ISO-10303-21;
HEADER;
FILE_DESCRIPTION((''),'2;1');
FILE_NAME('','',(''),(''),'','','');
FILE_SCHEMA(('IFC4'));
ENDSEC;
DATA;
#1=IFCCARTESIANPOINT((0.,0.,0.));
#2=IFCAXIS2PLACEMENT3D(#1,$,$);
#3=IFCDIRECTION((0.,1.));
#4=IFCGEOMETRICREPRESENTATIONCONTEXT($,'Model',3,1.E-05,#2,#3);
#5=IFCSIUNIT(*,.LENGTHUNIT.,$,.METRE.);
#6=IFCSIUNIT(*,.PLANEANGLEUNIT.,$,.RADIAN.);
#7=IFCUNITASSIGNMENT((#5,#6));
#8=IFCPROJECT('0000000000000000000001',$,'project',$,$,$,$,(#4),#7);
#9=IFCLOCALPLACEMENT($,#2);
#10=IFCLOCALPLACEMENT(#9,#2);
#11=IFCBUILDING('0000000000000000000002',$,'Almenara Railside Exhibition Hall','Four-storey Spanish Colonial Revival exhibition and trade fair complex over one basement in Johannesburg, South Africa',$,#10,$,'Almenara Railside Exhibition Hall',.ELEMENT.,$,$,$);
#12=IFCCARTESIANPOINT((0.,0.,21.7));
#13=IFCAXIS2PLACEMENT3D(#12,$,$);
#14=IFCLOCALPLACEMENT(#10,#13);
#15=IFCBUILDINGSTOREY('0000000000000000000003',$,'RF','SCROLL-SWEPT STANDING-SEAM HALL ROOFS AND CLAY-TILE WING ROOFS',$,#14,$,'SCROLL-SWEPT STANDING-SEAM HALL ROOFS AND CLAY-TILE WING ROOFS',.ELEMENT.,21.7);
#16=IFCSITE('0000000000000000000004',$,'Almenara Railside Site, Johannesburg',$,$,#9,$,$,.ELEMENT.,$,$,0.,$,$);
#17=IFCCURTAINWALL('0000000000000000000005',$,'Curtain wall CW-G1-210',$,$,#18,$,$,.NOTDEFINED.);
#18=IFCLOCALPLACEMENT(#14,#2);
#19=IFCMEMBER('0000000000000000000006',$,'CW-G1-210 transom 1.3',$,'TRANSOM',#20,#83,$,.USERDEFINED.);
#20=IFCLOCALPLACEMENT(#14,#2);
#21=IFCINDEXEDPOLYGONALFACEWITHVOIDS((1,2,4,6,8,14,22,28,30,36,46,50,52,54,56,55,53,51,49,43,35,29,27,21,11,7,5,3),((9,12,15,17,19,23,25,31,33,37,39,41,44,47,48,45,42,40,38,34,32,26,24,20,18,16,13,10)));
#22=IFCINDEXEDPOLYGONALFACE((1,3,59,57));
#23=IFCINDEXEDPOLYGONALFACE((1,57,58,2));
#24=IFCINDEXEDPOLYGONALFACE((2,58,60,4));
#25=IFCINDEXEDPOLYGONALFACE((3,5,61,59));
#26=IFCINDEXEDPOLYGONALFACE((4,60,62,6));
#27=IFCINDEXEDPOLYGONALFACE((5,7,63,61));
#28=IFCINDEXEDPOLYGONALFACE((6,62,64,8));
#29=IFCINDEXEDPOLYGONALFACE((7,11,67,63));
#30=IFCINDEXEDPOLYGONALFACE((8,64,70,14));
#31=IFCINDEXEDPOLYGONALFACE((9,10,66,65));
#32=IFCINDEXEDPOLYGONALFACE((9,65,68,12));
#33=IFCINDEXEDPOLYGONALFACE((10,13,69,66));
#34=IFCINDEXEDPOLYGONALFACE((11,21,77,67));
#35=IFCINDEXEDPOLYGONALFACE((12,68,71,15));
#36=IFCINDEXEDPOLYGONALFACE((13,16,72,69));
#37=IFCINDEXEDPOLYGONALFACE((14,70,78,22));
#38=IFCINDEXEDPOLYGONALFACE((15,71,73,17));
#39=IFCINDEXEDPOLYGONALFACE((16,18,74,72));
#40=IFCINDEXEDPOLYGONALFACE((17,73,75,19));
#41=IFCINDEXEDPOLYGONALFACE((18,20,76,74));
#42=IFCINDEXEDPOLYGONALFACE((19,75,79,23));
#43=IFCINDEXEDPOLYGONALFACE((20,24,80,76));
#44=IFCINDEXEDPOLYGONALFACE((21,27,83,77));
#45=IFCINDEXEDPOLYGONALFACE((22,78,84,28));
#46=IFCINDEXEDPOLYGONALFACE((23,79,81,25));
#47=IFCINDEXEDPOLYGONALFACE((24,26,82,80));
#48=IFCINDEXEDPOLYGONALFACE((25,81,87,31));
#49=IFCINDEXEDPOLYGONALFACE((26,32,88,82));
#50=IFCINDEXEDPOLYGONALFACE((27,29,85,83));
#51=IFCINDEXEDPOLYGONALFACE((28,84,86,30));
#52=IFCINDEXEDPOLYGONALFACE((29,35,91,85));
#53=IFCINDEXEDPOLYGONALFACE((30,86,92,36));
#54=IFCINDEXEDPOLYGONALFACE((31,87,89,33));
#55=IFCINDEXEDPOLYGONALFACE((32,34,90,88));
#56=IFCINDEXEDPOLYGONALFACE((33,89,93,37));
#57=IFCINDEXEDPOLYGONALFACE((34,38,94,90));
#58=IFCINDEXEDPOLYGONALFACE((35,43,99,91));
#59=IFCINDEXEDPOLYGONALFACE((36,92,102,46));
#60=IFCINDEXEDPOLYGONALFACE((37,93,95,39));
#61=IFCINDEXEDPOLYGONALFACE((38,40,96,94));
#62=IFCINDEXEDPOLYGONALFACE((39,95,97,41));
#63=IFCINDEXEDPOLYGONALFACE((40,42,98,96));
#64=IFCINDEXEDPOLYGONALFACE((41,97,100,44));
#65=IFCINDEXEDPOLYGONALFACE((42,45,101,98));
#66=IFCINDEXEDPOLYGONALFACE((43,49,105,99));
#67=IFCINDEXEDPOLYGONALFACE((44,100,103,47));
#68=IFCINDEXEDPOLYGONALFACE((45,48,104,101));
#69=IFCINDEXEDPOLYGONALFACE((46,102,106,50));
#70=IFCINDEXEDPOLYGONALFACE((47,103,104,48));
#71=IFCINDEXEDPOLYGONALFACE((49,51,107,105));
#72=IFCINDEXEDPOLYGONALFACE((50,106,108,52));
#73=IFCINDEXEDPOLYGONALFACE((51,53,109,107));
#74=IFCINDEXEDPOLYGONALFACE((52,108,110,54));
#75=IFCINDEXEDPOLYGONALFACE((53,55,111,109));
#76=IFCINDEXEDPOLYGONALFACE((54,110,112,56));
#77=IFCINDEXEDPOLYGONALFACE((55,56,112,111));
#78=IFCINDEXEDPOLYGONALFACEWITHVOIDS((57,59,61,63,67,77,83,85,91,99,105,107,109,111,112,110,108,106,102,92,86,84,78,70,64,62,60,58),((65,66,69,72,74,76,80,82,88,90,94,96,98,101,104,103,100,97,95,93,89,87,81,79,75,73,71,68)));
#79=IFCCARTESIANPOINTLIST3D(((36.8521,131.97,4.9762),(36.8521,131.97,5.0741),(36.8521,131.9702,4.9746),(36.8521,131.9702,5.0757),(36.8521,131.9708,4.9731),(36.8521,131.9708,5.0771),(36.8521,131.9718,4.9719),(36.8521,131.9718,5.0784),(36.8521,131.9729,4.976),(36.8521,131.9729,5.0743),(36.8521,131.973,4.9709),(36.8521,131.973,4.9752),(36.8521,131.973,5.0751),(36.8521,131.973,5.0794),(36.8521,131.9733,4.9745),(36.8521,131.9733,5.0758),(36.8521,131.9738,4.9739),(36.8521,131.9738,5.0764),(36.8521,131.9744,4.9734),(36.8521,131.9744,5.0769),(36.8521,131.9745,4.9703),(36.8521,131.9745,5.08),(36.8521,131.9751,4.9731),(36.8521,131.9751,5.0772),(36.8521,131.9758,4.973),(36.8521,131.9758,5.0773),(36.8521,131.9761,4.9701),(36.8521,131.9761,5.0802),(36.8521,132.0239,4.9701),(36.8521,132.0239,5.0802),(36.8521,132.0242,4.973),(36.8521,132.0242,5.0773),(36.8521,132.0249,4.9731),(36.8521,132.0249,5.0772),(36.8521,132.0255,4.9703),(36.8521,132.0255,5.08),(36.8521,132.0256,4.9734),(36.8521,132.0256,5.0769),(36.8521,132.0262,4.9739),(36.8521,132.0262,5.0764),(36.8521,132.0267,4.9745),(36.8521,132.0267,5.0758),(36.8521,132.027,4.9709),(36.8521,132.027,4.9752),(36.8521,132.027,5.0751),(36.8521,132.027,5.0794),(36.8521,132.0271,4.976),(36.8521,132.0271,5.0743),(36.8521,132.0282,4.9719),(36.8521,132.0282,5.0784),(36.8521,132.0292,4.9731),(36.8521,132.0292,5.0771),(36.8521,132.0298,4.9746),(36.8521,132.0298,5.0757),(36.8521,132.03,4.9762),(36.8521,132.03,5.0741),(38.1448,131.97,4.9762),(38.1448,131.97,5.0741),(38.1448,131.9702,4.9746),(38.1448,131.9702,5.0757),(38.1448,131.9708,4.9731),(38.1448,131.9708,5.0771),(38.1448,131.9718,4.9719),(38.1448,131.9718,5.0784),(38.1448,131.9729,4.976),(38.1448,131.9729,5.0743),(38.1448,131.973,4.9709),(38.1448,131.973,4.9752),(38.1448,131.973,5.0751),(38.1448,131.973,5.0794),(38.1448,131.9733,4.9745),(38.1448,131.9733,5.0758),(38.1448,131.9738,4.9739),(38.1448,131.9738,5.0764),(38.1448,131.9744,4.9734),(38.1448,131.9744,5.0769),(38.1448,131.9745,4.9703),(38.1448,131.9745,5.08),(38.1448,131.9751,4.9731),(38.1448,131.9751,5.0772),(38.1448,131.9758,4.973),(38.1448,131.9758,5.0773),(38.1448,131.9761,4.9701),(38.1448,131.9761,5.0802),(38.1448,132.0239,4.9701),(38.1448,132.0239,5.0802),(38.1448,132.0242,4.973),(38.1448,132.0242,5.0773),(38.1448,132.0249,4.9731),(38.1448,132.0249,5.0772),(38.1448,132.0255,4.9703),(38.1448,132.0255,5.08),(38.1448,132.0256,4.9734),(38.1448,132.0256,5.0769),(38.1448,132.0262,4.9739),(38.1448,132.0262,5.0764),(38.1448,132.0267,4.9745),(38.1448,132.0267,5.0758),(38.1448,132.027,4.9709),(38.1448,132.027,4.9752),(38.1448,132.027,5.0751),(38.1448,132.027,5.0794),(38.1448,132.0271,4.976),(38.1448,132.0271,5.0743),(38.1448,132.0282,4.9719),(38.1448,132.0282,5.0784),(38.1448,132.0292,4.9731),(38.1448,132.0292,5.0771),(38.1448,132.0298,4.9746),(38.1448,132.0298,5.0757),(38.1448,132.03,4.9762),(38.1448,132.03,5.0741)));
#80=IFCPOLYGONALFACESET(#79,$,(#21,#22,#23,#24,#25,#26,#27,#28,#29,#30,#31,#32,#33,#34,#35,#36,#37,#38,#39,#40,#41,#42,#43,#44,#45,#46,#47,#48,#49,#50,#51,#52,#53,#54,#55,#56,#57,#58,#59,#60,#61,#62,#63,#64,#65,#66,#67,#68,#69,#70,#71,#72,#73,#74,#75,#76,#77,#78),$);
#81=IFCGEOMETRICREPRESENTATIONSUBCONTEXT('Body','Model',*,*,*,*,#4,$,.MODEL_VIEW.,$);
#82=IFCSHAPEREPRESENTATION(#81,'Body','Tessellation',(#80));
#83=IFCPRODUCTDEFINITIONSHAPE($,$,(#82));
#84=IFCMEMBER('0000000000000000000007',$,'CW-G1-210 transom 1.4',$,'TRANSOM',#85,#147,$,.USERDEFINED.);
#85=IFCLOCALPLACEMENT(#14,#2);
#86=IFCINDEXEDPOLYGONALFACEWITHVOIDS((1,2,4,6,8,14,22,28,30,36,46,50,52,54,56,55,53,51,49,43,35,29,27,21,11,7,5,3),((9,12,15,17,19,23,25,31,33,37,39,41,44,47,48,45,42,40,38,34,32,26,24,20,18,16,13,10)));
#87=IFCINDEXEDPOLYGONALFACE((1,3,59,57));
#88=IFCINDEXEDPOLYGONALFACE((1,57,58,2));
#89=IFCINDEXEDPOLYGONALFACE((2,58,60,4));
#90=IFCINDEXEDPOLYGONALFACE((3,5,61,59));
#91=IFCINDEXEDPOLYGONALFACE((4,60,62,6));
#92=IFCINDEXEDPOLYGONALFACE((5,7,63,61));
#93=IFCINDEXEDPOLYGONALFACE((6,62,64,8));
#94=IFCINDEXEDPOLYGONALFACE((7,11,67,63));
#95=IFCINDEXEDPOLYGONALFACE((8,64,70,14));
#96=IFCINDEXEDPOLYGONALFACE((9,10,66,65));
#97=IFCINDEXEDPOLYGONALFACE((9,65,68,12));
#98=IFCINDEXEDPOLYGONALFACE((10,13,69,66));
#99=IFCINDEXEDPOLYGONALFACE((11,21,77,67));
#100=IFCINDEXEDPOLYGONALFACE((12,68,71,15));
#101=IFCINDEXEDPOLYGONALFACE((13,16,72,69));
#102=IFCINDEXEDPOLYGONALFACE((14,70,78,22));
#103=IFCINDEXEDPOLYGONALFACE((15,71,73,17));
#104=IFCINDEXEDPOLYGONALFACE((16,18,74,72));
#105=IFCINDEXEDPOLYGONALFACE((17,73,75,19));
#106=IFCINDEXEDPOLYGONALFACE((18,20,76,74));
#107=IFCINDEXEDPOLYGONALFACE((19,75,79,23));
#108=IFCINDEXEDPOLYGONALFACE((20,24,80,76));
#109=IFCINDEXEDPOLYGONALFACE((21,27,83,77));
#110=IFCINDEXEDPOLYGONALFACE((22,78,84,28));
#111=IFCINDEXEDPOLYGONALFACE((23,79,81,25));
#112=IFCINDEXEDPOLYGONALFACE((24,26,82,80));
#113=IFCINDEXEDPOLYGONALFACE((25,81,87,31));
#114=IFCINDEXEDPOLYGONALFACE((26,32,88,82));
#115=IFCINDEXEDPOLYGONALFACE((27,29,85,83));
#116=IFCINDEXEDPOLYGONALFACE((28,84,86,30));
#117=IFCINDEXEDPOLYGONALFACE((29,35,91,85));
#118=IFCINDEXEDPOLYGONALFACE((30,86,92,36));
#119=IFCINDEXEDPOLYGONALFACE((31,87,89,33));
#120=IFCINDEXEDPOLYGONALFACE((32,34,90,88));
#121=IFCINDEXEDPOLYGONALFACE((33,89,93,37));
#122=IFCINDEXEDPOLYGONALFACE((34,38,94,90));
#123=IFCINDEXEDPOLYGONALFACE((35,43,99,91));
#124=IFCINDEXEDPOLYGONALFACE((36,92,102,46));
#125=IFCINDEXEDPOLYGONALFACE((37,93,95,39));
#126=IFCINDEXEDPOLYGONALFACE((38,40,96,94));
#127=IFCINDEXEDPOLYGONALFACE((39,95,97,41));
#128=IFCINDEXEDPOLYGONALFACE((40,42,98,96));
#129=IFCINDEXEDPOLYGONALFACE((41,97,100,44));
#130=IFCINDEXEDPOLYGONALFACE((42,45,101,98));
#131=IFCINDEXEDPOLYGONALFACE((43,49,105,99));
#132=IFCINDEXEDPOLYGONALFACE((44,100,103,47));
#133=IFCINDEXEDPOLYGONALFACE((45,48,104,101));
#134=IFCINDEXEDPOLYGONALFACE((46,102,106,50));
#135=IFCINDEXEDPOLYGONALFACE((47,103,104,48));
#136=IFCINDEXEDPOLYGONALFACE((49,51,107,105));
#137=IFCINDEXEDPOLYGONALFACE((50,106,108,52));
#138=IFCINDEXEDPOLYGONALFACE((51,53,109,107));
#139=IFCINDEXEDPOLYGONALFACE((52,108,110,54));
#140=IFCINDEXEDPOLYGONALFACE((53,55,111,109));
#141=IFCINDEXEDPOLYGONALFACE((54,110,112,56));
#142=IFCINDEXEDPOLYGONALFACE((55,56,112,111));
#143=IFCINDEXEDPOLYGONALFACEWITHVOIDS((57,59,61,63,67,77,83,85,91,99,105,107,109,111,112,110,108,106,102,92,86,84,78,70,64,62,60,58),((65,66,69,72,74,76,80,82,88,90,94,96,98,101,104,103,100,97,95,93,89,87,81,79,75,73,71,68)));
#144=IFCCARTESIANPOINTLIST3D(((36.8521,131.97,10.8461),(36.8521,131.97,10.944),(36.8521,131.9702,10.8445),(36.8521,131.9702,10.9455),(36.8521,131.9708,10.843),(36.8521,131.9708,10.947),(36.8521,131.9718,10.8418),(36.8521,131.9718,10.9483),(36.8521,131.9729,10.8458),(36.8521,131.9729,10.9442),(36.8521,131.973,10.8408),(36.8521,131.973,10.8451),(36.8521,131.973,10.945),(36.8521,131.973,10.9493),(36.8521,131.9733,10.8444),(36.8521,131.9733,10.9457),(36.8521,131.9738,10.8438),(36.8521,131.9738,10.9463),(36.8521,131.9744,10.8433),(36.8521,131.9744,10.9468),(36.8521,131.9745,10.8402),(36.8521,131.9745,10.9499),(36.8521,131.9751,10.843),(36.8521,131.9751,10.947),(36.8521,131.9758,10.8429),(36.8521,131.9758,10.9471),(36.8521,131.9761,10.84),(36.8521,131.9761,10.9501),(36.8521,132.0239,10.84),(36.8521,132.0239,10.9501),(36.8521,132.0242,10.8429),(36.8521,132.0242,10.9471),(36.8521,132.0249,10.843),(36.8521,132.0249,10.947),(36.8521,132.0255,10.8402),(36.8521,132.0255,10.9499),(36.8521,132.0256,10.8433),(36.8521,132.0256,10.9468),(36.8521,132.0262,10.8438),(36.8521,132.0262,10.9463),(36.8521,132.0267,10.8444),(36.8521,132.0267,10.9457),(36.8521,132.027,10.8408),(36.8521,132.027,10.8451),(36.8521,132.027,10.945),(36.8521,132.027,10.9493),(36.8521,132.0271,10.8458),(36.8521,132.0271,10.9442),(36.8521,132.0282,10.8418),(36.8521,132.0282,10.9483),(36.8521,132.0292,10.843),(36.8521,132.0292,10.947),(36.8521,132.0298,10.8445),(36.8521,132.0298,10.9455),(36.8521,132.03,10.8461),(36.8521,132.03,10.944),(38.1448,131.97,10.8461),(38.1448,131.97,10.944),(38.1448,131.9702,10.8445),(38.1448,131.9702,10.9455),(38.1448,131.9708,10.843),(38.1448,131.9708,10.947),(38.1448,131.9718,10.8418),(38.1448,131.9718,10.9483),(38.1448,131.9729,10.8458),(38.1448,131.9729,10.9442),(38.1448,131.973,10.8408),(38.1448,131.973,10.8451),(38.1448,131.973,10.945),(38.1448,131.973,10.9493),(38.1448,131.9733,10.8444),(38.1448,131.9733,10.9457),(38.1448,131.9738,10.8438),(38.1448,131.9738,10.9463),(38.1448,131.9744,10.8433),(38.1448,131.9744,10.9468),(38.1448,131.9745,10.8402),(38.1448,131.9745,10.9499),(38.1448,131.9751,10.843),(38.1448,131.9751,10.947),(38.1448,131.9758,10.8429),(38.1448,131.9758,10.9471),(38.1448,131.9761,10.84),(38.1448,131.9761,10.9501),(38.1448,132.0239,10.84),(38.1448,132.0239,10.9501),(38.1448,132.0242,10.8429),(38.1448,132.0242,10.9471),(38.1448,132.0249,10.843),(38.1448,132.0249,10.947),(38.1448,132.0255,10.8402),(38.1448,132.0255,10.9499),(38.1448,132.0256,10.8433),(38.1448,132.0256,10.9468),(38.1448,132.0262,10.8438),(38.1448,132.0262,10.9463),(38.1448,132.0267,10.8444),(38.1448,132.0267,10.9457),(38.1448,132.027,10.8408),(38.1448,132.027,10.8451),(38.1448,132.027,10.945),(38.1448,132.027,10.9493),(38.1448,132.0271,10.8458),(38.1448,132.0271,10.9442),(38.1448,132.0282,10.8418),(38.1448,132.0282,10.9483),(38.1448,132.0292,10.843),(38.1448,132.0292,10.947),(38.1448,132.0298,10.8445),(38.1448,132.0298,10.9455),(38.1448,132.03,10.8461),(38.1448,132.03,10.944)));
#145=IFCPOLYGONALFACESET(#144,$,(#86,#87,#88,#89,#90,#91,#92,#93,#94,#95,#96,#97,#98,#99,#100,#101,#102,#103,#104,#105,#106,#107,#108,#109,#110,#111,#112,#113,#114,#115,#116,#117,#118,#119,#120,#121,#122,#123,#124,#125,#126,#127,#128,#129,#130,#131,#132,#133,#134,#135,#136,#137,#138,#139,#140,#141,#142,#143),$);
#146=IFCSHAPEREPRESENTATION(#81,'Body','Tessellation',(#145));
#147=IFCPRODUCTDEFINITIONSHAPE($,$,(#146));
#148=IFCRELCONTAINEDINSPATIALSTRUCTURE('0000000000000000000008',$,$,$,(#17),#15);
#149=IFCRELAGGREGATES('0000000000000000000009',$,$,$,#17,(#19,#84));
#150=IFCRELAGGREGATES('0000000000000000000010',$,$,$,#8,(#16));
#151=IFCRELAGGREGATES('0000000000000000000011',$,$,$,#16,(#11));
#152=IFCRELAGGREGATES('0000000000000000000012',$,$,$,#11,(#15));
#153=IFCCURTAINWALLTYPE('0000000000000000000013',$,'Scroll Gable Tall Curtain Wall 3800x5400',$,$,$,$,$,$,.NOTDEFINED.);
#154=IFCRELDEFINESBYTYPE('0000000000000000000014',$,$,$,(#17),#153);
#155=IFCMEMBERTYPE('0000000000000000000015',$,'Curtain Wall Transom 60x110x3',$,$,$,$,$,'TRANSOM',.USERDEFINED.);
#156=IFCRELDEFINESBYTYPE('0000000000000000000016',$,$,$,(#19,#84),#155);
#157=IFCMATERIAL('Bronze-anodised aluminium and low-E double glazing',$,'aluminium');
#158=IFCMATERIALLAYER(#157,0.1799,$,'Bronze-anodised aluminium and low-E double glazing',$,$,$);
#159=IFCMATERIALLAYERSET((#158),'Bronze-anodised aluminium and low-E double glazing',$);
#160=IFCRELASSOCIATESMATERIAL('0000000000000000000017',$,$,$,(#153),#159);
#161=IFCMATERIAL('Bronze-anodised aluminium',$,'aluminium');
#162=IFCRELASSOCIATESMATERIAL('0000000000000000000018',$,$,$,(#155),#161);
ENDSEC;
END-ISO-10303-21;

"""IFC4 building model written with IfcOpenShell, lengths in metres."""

from ifc_helpers import new_model, si_unit, direction, frame, origin, origin_2d, place, context, subcontext, project, spatial, hollow_rectangle, extrude, material, layer, layer_set, material_profile, profile_set, type_object, element, aggregate, save


model = new_model("IFC4")

# Units and contexts
model_context = context("Model", 3, precision=1e-05, world=origin(), true_north=direction((0.0, 1.0)))
body_context = subcontext(model_context, "Body", "Model", "MODEL_VIEW")
ifc_project = project(units=[si_unit("LENGTHUNIT", "METRE"), si_unit("PLANEANGLEUNIT", "RADIAN")], contexts=[model_context])

# Site, building, storey
site_placement = place(None, origin())
site = spatial("IfcSite", under=ifc_project, at=site_placement, Name="Almenara Railside Site, Johannesburg", CompositionType="ELEMENT", RefElevation=0.0)
building_placement = place(site_placement, origin())
building = spatial("IfcBuilding", under=site, at=building_placement, Name="Almenara Railside Exhibition Hall", Description="Four-storey Spanish Colonial Revival exhibition and trade fair complex over one basement in Johannesburg, South Africa", LongName="Almenara Railside Exhibition Hall", CompositionType="ELEMENT")
storey_placement = place(building_placement, frame((0.0, 0.0, 21.7)))
storey = spatial("IfcBuildingStorey", under=building, at=storey_placement, Name="RF", Description="SCROLL-SWEPT STANDING-SEAM HALL ROOFS AND CLAY-TILE WING ROOFS", LongName="SCROLL-SWEPT STANDING-SEAM HALL ROOFS AND CLAY-TILE WING ROOFS", CompositionType="ELEMENT", Elevation=21.7)

# Curtain wall, members
ifc_material_1 = material(Name="Bronze-anodised aluminium and low-E double glazing", Category="aluminium")
ifc_layer_1 = layer(ifc_material_1, 0.1799, Name="Bronze-anodised aluminium and low-E double glazing")
ifc_layer_set_1 = layer_set([ifc_layer_1], Name="Bronze-anodised aluminium and low-E double glazing")
curtain_wall_type = type_object("IfcCurtainWallType", Name="Scroll Gable Tall Curtain Wall 3800x5400", PredefinedType="NOTDEFINED", material=ifc_layer_set_1)
ifc_material_2 = material(Name="Bronze-anodised aluminium", Category="aluminium")
curtain_wall_1_placement = place(storey_placement, origin())
curtain_wall_1 = element("IfcCurtainWall", 1, at=curtain_wall_1_placement, inside=storey, type_object=curtain_wall_type, Name="Curtain wall CW-G1-210", PredefinedType="NOTDEFINED")
ifc_material_profile_1 = material_profile(ifc_material_2, hollow_rectangle(XDim=0.0601, YDim=0.1101, WallThickness=0.0029, InnerFilletRadius=0.0029, OuterFilletRadius=0.0061, at=origin_2d()), Name="ALU-TRN 60x110x3")
ifc_profile_set_1 = profile_set([ifc_material_profile_1], Name="Bronze-anodised aluminium")
member_type_1 = type_object("IfcMemberType", Name="Curtain Wall Transom 60x110x3", ElementType="TRANSOM", PredefinedType="USERDEFINED", material=ifc_profile_set_1)
member_1_placement = place(storey_placement, frame((36.8521, 132.0, 5.0251), z_axis=(1.0, 0.0, 0.0), x_axis=(0.0, 1.0, 0.0)))
member_1 = element("IfcMember", 2, at=member_1_placement, type_object=member_type_1, Name="CW-G1-210 transom 1.3", ObjectType="TRANSOM", PredefinedType="USERDEFINED", context=body_context, shape_type="SweptSolid", body=[
    extrude(hollow_rectangle(XDim=0.0601, YDim=0.1101, WallThickness=0.0029, InnerFilletRadius=0.0029, OuterFilletRadius=0.0061, at=origin_2d()), origin(), (0.0, 0.0, 1.0), 1.2927),
])
member_2_placement = place(storey_placement, frame((36.8521, 132.0, 10.895), z_axis=(1.0, 0.0, 0.0), x_axis=(0.0, 1.0, 0.0)))
member_2 = element("IfcMember", 3, at=member_2_placement, type_object=member_type_1, Name="CW-G1-210 transom 1.4", ObjectType="TRANSOM", PredefinedType="USERDEFINED", context=body_context, shape_type="SweptSolid", body=[
    extrude(hollow_rectangle(XDim=0.0601, YDim=0.1101, WallThickness=0.0029, InnerFilletRadius=0.0029, OuterFilletRadius=0.0061, at=origin_2d()), origin(), (0.0, 0.0, 1.0), 1.2927),
])

aggregate(curtain_wall_1, [member_1, member_2])

save(model, "model.ifc")
